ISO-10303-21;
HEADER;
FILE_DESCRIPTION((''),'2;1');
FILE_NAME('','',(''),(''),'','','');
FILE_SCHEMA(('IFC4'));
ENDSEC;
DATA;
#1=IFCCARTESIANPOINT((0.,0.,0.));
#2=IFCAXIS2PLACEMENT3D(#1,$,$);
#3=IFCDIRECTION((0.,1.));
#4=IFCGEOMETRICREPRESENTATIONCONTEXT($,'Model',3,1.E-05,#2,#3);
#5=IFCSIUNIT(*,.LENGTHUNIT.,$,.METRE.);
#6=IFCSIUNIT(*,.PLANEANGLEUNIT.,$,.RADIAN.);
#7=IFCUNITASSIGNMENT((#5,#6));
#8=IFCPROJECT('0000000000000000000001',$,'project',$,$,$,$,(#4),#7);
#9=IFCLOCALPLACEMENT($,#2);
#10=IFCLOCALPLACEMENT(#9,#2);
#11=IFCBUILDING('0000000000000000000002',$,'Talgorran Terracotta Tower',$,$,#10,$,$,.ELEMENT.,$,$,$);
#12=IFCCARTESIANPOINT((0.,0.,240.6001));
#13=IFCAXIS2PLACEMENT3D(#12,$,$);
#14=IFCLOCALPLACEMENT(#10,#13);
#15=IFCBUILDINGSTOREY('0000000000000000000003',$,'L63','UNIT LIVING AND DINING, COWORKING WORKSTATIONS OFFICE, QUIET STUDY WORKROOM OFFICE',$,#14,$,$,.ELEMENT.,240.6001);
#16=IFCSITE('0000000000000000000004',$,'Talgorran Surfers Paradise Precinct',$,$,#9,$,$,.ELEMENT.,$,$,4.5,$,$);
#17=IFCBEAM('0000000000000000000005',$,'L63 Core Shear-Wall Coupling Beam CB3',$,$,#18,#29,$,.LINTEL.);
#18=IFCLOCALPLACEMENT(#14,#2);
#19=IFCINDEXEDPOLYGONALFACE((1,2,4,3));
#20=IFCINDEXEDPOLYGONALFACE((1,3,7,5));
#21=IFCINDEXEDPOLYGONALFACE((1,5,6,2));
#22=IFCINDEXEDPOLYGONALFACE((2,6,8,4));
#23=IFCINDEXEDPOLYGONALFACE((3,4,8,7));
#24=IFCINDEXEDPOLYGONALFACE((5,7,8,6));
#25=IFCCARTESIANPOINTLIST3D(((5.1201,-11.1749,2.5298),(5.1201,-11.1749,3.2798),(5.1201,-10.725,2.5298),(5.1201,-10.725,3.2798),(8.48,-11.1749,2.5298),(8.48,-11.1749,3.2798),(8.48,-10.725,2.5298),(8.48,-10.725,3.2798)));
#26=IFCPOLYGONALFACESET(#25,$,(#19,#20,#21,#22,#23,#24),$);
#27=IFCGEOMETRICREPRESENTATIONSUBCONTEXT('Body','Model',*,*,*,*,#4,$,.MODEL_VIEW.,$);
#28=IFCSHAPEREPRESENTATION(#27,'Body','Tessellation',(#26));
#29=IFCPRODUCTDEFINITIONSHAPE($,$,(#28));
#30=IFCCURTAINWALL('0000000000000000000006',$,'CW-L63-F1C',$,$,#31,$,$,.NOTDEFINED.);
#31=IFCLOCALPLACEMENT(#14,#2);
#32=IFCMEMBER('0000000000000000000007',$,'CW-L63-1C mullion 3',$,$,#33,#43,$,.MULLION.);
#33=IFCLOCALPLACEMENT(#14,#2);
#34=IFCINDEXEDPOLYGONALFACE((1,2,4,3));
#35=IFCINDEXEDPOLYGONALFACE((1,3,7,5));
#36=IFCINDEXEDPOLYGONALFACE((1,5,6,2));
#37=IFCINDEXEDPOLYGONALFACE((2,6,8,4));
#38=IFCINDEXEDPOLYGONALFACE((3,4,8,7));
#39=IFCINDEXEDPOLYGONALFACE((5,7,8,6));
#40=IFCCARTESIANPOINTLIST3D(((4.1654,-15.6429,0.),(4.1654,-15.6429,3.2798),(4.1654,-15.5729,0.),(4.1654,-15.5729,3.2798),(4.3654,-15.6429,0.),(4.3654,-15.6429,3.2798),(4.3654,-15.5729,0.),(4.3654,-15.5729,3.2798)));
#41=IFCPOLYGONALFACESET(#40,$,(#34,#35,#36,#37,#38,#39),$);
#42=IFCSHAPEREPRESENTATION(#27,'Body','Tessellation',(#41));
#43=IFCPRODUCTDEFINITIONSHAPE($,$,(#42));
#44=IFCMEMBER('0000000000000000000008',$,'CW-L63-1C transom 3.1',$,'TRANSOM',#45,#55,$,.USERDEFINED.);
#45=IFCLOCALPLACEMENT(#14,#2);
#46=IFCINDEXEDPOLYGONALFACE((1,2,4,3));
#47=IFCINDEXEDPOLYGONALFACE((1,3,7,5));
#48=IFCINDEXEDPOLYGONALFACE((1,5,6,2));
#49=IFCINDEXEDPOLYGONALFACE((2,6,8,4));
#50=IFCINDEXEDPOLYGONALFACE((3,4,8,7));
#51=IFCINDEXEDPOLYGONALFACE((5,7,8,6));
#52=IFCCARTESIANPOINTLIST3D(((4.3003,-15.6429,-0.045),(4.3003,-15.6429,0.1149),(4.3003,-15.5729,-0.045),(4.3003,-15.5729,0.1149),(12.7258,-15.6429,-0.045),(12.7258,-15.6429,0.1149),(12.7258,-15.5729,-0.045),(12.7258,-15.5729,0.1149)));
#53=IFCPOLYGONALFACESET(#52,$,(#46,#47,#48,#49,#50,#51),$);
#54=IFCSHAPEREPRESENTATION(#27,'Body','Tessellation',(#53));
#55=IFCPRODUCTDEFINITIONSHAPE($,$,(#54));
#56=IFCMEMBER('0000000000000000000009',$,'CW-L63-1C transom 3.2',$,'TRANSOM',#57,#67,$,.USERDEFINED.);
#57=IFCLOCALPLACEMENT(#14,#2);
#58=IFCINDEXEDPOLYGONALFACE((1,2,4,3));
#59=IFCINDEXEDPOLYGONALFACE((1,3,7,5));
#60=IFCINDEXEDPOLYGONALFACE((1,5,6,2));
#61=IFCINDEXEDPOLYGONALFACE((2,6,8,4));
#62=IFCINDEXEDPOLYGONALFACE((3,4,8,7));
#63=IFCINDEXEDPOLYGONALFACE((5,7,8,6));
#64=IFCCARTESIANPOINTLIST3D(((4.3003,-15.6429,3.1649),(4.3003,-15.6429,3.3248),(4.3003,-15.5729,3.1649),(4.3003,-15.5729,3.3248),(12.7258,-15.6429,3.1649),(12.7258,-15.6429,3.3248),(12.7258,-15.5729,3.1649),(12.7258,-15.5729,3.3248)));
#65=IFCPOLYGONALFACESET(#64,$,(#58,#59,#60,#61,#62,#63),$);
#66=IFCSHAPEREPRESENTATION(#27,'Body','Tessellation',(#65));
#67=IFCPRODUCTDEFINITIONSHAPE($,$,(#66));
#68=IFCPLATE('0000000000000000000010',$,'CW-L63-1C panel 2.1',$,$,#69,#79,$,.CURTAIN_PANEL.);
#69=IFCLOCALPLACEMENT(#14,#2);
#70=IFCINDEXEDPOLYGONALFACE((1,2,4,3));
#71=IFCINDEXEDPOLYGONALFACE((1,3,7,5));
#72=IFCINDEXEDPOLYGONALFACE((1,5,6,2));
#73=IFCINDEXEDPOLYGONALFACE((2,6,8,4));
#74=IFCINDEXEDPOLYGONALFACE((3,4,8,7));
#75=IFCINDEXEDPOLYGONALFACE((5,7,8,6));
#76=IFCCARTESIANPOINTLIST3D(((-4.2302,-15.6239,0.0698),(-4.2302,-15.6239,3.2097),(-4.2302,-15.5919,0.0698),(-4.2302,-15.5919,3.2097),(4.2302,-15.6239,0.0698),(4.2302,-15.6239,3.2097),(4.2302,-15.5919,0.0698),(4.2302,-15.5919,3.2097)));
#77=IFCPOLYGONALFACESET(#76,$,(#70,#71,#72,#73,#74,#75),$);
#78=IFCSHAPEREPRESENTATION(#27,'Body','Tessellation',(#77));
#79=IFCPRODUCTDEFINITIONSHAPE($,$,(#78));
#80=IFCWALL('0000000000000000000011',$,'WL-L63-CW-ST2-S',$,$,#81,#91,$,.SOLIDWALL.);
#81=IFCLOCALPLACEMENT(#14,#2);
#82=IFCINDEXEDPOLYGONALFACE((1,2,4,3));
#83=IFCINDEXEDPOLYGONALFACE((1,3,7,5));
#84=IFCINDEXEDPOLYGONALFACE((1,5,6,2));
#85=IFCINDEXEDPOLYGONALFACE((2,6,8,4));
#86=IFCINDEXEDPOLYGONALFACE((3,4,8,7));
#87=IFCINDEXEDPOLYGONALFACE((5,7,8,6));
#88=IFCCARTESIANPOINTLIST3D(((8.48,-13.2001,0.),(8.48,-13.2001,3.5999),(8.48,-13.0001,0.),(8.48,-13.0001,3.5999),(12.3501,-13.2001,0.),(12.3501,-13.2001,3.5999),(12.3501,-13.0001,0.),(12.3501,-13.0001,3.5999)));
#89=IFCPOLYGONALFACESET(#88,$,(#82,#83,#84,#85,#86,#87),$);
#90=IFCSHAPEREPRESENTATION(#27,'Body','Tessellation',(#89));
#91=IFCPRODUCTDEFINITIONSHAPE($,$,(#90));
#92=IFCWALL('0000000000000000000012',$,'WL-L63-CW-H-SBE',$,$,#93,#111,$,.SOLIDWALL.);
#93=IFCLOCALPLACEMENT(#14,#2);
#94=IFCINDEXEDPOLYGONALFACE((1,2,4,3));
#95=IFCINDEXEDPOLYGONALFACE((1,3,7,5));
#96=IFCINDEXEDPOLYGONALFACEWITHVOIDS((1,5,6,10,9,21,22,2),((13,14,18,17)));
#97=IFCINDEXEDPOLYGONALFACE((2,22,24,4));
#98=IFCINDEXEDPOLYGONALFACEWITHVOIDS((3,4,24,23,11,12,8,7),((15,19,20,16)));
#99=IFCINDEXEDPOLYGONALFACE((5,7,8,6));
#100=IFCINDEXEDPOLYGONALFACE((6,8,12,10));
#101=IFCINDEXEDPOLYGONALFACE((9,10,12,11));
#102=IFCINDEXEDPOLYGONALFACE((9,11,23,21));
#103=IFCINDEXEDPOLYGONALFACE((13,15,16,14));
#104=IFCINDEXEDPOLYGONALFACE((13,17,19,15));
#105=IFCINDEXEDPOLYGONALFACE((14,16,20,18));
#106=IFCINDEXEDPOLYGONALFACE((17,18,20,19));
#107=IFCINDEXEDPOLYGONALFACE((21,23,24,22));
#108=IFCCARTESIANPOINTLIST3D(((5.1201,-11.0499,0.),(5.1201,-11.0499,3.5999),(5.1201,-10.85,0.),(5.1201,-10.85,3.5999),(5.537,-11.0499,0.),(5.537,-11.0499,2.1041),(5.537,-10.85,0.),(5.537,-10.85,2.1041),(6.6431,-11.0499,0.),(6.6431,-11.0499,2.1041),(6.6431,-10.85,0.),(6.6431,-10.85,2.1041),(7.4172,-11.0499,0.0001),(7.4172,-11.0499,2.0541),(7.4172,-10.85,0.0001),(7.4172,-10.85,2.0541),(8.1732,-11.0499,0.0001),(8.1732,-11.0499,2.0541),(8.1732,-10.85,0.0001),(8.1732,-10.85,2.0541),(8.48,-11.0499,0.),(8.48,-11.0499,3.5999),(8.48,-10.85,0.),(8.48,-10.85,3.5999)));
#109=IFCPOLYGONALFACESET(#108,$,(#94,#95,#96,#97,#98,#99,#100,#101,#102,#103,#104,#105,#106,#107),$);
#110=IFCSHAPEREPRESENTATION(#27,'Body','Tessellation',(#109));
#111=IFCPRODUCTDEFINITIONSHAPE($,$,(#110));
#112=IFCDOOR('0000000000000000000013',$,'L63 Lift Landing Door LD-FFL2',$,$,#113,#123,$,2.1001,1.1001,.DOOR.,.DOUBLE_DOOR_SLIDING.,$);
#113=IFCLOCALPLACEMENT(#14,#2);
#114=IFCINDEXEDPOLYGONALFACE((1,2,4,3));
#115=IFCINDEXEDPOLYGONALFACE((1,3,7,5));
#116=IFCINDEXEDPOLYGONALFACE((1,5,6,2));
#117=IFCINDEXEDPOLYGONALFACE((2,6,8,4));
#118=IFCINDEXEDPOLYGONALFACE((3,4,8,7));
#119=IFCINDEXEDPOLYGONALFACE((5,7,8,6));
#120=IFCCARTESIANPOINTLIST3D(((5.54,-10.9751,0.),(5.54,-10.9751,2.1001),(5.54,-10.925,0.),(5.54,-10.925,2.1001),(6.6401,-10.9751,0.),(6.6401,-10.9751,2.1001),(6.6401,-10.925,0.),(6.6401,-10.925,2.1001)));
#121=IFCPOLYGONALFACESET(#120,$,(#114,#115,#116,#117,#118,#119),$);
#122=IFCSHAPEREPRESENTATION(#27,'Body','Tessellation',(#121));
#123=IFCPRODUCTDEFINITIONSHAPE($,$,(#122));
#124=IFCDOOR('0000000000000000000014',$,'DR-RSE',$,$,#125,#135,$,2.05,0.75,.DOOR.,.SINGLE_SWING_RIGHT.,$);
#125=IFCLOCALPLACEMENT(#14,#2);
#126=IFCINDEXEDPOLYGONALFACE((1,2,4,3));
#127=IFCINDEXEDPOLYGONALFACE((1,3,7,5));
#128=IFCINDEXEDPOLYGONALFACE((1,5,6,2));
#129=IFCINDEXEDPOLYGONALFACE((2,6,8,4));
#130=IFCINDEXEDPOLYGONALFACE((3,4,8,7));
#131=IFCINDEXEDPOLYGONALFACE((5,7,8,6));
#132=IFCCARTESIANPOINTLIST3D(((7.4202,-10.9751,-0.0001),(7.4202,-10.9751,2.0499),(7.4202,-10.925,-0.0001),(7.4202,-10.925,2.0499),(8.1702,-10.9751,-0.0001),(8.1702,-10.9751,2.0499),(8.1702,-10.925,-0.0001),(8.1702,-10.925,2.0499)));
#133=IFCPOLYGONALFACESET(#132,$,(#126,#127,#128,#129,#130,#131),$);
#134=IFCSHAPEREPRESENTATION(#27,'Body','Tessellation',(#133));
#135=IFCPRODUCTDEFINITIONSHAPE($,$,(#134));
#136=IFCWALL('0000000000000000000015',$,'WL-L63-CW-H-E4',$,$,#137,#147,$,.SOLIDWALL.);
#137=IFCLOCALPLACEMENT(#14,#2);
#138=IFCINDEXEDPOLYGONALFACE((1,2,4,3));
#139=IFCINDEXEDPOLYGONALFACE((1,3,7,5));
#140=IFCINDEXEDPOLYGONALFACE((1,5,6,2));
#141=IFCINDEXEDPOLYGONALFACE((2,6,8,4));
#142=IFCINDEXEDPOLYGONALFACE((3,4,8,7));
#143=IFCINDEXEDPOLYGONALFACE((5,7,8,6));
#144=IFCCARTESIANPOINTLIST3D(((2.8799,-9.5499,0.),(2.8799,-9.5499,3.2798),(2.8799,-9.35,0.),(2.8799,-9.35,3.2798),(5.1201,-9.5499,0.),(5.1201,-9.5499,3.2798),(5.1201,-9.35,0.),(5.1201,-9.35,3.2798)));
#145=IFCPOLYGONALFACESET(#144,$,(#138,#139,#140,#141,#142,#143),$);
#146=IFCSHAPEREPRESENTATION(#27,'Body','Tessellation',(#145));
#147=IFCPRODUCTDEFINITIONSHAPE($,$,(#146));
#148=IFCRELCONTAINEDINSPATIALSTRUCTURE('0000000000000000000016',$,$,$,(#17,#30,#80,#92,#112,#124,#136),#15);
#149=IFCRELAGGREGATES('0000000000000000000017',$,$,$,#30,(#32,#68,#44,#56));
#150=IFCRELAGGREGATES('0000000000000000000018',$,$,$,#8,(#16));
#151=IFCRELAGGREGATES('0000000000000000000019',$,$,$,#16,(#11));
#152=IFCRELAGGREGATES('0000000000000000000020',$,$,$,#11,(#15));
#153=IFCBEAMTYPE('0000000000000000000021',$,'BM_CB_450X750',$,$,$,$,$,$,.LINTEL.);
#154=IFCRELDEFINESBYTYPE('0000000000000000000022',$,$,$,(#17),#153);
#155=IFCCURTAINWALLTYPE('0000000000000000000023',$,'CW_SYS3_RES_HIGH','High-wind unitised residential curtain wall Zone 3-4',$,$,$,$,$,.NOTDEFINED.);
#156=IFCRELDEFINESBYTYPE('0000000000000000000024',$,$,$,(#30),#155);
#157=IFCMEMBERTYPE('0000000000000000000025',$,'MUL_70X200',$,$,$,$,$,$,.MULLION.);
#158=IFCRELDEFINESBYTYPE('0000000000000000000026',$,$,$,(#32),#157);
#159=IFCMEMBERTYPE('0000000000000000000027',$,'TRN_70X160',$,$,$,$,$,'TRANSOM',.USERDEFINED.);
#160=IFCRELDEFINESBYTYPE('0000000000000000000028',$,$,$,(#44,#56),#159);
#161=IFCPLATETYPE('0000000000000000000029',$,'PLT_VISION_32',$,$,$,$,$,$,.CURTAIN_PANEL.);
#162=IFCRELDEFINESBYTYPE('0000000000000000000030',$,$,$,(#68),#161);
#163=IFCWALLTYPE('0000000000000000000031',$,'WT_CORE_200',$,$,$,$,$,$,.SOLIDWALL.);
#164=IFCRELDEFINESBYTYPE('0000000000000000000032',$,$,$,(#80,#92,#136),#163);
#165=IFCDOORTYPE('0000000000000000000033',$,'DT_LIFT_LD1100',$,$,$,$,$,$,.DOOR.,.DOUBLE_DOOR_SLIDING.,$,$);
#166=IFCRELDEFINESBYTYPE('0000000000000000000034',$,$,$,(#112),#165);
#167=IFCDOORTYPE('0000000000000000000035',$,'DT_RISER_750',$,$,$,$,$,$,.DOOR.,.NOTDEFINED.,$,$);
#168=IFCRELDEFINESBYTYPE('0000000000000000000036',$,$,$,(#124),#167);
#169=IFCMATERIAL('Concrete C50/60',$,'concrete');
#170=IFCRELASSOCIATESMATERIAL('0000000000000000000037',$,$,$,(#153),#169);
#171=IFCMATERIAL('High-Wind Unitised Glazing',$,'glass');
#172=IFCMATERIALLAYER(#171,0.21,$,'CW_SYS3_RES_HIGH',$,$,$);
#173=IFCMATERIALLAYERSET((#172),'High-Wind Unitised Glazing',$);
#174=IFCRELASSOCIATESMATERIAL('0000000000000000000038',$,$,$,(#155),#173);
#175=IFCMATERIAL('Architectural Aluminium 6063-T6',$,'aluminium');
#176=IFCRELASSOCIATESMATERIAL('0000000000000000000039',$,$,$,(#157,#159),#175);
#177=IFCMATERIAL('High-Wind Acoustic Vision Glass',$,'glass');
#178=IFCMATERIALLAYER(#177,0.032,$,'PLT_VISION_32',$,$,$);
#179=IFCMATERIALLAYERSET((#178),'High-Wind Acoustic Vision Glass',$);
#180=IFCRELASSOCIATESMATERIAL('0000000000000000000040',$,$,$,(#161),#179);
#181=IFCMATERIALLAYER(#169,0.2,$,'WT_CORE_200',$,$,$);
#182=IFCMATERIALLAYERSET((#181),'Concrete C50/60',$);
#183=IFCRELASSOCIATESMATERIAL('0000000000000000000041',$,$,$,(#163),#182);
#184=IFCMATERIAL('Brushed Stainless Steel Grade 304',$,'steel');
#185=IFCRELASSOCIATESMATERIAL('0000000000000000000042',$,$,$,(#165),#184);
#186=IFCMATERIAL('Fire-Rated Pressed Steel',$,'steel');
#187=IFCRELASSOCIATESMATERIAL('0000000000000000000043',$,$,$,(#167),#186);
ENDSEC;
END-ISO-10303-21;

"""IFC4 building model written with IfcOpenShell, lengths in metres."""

from ifc_helpers import new_model, si_unit, direction, frame, frame_2d, origin, origin_2d, place, context, subcontext, project, spatial, rectangle, extrude, source, transform, mapped, material, layer, layer_set, material_profile, profile_set, type_object, type_shapes, element, fill, aggregate, save


model = new_model("IFC4")

# Units and contexts
model_context = context("Model", 3, precision=1e-05, world=origin(), true_north=direction((0.0, 1.0)))
body_context = subcontext(model_context, "Body", "Model", "MODEL_VIEW")
ifc_project = project(units=[si_unit("LENGTHUNIT", "METRE"), si_unit("PLANEANGLEUNIT", "RADIAN")], contexts=[model_context])

# Site, building, storey
site_placement = place(None, origin())
site = spatial("IfcSite", under=ifc_project, at=site_placement, Name="Talgorran Surfers Paradise Precinct", CompositionType="ELEMENT", RefElevation=4.5)
building_placement = place(site_placement, origin())
building = spatial("IfcBuilding", under=site, at=building_placement, Name="Talgorran Terracotta Tower", CompositionType="ELEMENT")
storey_placement = place(building_placement, frame((0.0, 0.0, 240.6001)))
storey = spatial("IfcBuildingStorey", under=building, at=storey_placement, Name="L63", Description="UNIT LIVING AND DINING, COWORKING WORKSTATIONS OFFICE, QUIET STUDY WORKROOM OFFICE", CompositionType="ELEMENT", Elevation=240.6001)

# Beam
ifc_material_1 = material(Name="Concrete C50/60", Category="concrete")
ifc_material_profile_1 = material_profile(ifc_material_1, rectangle(XDim=0.45, YDim=0.75, at=origin_2d()), Name="RCCB450X750")
ifc_profile_set_1 = profile_set([ifc_material_profile_1], Name="Concrete C50/60")
beam_type = type_object("IfcBeamType", Name="BM_CB_450X750", PredefinedType="LINTEL", material=ifc_profile_set_1)
beam_placement = place(storey_placement, frame((5.1201, -10.95, 2.9048), z_axis=(1.0, 0.0, 0.0), x_axis=(0.0, 1.0, 0.0)))
element("IfcBeam", 1, at=beam_placement, inside=storey, type_object=beam_type, Name="L63 Core Shear-Wall Coupling Beam CB3", PredefinedType="LINTEL", context=body_context, shape_type="SweptSolid", body=[
    extrude(rectangle(XDim=0.45, YDim=0.75, at=origin_2d()), origin(), (0.0, 0.0, 1.0), 3.3599),
])

# Curtain wall, members, plate
ifc_material_2 = material(Name="High-Wind Unitised Glazing", Category="glass")
ifc_layer_1 = layer(ifc_material_2, 0.21, Name="CW_SYS3_RES_HIGH")
ifc_layer_set_1 = layer_set([ifc_layer_1], Name="High-Wind Unitised Glazing")
curtain_wall_type = type_object("IfcCurtainWallType", Name="CW_SYS3_RES_HIGH", Description="High-wind unitised residential curtain wall Zone 3-4", PredefinedType="NOTDEFINED", material=ifc_layer_set_1)
curtain_wall_placement = place(storey_placement, origin())
curtain_wall = element("IfcCurtainWall", 2, at=curtain_wall_placement, inside=storey, type_object=curtain_wall_type, Name="CW-L63-F1C", PredefinedType="NOTDEFINED")
ifc_material_3 = material(Name="Architectural Aluminium 6063-T6", Category="aluminium")
ifc_material_profile_2 = material_profile(ifc_material_3, rectangle(XDim=0.0701, YDim=0.2, at=origin_2d()), Name="CWM70X200")
ifc_profile_set_2 = profile_set([ifc_material_profile_2], Name="Architectural Aluminium 6063-T6")
member_type_1 = type_object("IfcMemberType", Name="MUL_70X200", PredefinedType="MULLION", material=ifc_profile_set_2)
member_1_placement = place(storey_placement, frame((4.2654, -15.6079, 0.0), z_axis=(0.0, 0.0, 1.0), x_axis=(0.0, 1.0, 0.0)))
member_1 = element("IfcMember", 3, at=member_1_placement, type_object=member_type_1, Name="CW-L63-1C mullion 3", PredefinedType="MULLION", context=body_context, shape_type="SweptSolid", body=[
    extrude(rectangle(XDim=0.0701, YDim=0.2, at=origin_2d()), origin(), (0.0, 0.0, 1.0), 3.2798),
])
ifc_material_profile_3 = material_profile(ifc_material_3, rectangle(XDim=0.0701, YDim=0.1599, at=origin_2d()), Name="CWT70X160")
ifc_profile_set_3 = profile_set([ifc_material_profile_3], Name="Architectural Aluminium 6063-T6")
member_type_2 = type_object("IfcMemberType", Name="TRN_70X160", ElementType="TRANSOM", PredefinedType="USERDEFINED", material=ifc_profile_set_3)
member_2_placement = place(storey_placement, frame((4.3003, -15.6079, 0.0349), z_axis=(1.0, 0.0, 0.0), x_axis=(0.0, 1.0, 0.0)))
member_2 = element("IfcMember", 4, at=member_2_placement, type_object=member_type_2, Name="CW-L63-1C transom 3.1", ObjectType="TRANSOM", PredefinedType="USERDEFINED", context=body_context, shape_type="SweptSolid", body=[
    extrude(rectangle(XDim=0.0701, YDim=0.1599, at=origin_2d()), origin(), (0.0, 0.0, 1.0), 8.4255),
])
member_3_placement = place(storey_placement, frame((4.3003, -15.6079, 3.2449), z_axis=(1.0, 0.0, 0.0), x_axis=(0.0, 1.0, 0.0)))
member_3 = element("IfcMember", 5, at=member_3_placement, type_object=member_type_2, Name="CW-L63-1C transom 3.2", ObjectType="TRANSOM", PredefinedType="USERDEFINED", context=body_context, shape_type="SweptSolid", body=[
    extrude(rectangle(XDim=0.0701, YDim=0.1599, at=origin_2d()), origin(), (0.0, 0.0, 1.0), 8.4255),
])
ifc_material_4 = material(Name="High-Wind Acoustic Vision Glass", Category="glass")
ifc_layer_2 = layer(ifc_material_4, 0.032, Name="PLT_VISION_32")
ifc_layer_set_2 = layer_set([ifc_layer_2], Name="High-Wind Acoustic Vision Glass")
plate_type = type_object("IfcPlateType", Name="PLT_VISION_32", PredefinedType="CURTAIN_PANEL", material=ifc_layer_set_2)
shared_shape = source(origin(), body_context, "Body", "SweptSolid", [
    extrude(rectangle(XDim=8.4604, YDim=0.032, at=origin_2d()), origin(), (0.0, 0.0, 1.0), 3.1399),
])
type_shapes(plate_type, [shared_shape])
plate_placement = place(storey_placement, frame((0.0, -15.6079, 0.0698), z_axis=(0.0, 0.0, 1.0), x_axis=(1.0, 0.0, 0.0)))
plate = element("IfcPlate", 6, at=plate_placement, type_object=plate_type, Name="CW-L63-1C panel 2.1", PredefinedType="CURTAIN_PANEL", context=body_context, shape_type="MappedRepresentation", body=[
    mapped(shared_shape, transform((0.0, 0.0, 0.0), scale=1.0)),
])
aggregate(curtain_wall, [member_1, plate, member_2, member_3])

# Wall
ifc_layer_3 = layer(ifc_material_1, 0.2, Name="WT_CORE_200")
ifc_layer_set_3 = layer_set([ifc_layer_3], Name="Concrete C50/60")
wall_type_1 = type_object("IfcWallType", Name="WT_CORE_200", PredefinedType="SOLIDWALL", material=ifc_layer_set_3)
wall_1_placement = place(storey_placement, frame((8.48, -13.1001, 0.0), z_axis=(0.0, 0.0, 1.0), x_axis=(1.0, 0.0, 0.0)))
element("IfcWall", 7, at=wall_1_placement, inside=storey, type_object=wall_type_1, Name="WL-L63-CW-ST2-S", PredefinedType="SOLIDWALL", context=body_context, shape_type="SweptSolid", body=[
    extrude(rectangle(XDim=3.8701, YDim=0.2, at=frame_2d((1.9351, 0.0))), origin(), (0.0, 0.0, 1.0), 3.5999),
])

# Wall, openings, doors
wall_2_placement = place(storey_placement, frame((5.1201, -10.95, 0.0), z_axis=(0.0, 0.0, 1.0), x_axis=(1.0, 0.0, 0.0)))
wall_2 = element("IfcWall", 8, at=wall_2_placement, inside=storey, type_object=wall_type_1, Name="WL-L63-CW-H-SBE", PredefinedType="SOLIDWALL", context=body_context, shape_type="SweptSolid", body=[
    extrude(rectangle(XDim=3.3599, YDim=0.2, at=frame_2d((1.6799, 0.0))), origin(), (0.0, 0.0, 1.0), 3.5999),
])
opening_1_placement = place(wall_2_placement, frame((0.4199, 0.0, 0.0)))
opening_1 = element("IfcOpeningElement", 9, at=opening_1_placement, cuts=wall_2, PredefinedType="OPENING", context=body_context, shape_type="SweptSolid", body=[
    extrude(rectangle(XDim=1.1061, YDim=2.1041, at=frame_2d((0.55, 1.052))), frame((0.0, 0.1099, 0.0), z_axis=(0.0, -1.0, 0.0), x_axis=(1.0, 0.0, 0.0)), (0.0, 0.0, 1.0), 0.22),
])
opening_2_placement = place(wall_2_placement, frame((2.3, 0.0, 0.0)))
opening_2 = element("IfcOpeningElement", 10, at=opening_2_placement, cuts=wall_2, PredefinedType="OPENING", context=body_context, shape_type="SweptSolid", body=[
    extrude(rectangle(XDim=0.756, YDim=2.054, at=frame_2d((0.375, 1.0271))), frame((0.0, 0.1099, 0.0), z_axis=(0.0, -1.0, 0.0), x_axis=(1.0, 0.0, 0.0)), (0.0, 0.0, 1.0), 0.22),
])
ifc_material_5 = material(Name="Brushed Stainless Steel Grade 304", Category="steel")
door_type_1 = type_object("IfcDoorType", Name="DT_LIFT_LD1100", OperationType="DOUBLE_DOOR_SLIDING", PredefinedType="DOOR", material=ifc_material_5)
door_1_placement = place(opening_1_placement, origin())
door_1 = element("IfcDoor", 11, at=door_1_placement, inside=storey, type_object=door_type_1, Name="L63 Lift Landing Door LD-FFL2", OperationType="DOUBLE_DOOR_SLIDING", OverallHeight=2.1001, OverallWidth=1.1001, PredefinedType="DOOR", context=body_context, shape_type="SweptSolid", body=[
    extrude(rectangle(XDim=1.1001, YDim=2.1001, at=frame_2d((0.55, 1.05))), frame((0.0, 0.0249, 0.0), z_axis=(0.0, -1.0, 0.0), x_axis=(1.0, 0.0, 0.0)), (0.0, 0.0, 1.0), 0.05),
])
fill(opening_1, door_1)
ifc_material_6 = material(Name="Fire-Rated Pressed Steel", Category="steel")
door_type_2 = type_object("IfcDoorType", Name="DT_RISER_750", OperationType="NOTDEFINED", PredefinedType="DOOR", material=ifc_material_6)
door_2_placement = place(opening_2_placement, origin())
door_2 = element("IfcDoor", 12, at=door_2_placement, inside=storey, type_object=door_type_2, Name="DR-RSE", OperationType="SINGLE_SWING_RIGHT", OverallHeight=2.05, OverallWidth=0.75, PredefinedType="DOOR", context=body_context, shape_type="SweptSolid", body=[
    extrude(rectangle(XDim=0.75, YDim=2.05, at=frame_2d((0.375, 1.0249))), frame((0.0, 0.0249, 0.0), z_axis=(0.0, -1.0, 0.0), x_axis=(1.0, 0.0, 0.0)), (0.0, 0.0, 1.0), 0.05),
])
fill(opening_2, door_2)

# Wall
wall_3_placement = place(storey_placement, frame((2.8799, -9.45, 0.0), z_axis=(0.0, 0.0, 1.0), x_axis=(1.0, 0.0, 0.0)))
element("IfcWall", 13, at=wall_3_placement, inside=storey, type_object=wall_type_1, Name="WL-L63-CW-H-E4", PredefinedType="SOLIDWALL", context=body_context, shape_type="SweptSolid", body=[
    extrude(rectangle(XDim=2.2402, YDim=0.2, at=frame_2d((1.1201, 0.0))), origin(), (0.0, 0.0, 1.0), 3.2798),
])

save(model, "model.ifc")
